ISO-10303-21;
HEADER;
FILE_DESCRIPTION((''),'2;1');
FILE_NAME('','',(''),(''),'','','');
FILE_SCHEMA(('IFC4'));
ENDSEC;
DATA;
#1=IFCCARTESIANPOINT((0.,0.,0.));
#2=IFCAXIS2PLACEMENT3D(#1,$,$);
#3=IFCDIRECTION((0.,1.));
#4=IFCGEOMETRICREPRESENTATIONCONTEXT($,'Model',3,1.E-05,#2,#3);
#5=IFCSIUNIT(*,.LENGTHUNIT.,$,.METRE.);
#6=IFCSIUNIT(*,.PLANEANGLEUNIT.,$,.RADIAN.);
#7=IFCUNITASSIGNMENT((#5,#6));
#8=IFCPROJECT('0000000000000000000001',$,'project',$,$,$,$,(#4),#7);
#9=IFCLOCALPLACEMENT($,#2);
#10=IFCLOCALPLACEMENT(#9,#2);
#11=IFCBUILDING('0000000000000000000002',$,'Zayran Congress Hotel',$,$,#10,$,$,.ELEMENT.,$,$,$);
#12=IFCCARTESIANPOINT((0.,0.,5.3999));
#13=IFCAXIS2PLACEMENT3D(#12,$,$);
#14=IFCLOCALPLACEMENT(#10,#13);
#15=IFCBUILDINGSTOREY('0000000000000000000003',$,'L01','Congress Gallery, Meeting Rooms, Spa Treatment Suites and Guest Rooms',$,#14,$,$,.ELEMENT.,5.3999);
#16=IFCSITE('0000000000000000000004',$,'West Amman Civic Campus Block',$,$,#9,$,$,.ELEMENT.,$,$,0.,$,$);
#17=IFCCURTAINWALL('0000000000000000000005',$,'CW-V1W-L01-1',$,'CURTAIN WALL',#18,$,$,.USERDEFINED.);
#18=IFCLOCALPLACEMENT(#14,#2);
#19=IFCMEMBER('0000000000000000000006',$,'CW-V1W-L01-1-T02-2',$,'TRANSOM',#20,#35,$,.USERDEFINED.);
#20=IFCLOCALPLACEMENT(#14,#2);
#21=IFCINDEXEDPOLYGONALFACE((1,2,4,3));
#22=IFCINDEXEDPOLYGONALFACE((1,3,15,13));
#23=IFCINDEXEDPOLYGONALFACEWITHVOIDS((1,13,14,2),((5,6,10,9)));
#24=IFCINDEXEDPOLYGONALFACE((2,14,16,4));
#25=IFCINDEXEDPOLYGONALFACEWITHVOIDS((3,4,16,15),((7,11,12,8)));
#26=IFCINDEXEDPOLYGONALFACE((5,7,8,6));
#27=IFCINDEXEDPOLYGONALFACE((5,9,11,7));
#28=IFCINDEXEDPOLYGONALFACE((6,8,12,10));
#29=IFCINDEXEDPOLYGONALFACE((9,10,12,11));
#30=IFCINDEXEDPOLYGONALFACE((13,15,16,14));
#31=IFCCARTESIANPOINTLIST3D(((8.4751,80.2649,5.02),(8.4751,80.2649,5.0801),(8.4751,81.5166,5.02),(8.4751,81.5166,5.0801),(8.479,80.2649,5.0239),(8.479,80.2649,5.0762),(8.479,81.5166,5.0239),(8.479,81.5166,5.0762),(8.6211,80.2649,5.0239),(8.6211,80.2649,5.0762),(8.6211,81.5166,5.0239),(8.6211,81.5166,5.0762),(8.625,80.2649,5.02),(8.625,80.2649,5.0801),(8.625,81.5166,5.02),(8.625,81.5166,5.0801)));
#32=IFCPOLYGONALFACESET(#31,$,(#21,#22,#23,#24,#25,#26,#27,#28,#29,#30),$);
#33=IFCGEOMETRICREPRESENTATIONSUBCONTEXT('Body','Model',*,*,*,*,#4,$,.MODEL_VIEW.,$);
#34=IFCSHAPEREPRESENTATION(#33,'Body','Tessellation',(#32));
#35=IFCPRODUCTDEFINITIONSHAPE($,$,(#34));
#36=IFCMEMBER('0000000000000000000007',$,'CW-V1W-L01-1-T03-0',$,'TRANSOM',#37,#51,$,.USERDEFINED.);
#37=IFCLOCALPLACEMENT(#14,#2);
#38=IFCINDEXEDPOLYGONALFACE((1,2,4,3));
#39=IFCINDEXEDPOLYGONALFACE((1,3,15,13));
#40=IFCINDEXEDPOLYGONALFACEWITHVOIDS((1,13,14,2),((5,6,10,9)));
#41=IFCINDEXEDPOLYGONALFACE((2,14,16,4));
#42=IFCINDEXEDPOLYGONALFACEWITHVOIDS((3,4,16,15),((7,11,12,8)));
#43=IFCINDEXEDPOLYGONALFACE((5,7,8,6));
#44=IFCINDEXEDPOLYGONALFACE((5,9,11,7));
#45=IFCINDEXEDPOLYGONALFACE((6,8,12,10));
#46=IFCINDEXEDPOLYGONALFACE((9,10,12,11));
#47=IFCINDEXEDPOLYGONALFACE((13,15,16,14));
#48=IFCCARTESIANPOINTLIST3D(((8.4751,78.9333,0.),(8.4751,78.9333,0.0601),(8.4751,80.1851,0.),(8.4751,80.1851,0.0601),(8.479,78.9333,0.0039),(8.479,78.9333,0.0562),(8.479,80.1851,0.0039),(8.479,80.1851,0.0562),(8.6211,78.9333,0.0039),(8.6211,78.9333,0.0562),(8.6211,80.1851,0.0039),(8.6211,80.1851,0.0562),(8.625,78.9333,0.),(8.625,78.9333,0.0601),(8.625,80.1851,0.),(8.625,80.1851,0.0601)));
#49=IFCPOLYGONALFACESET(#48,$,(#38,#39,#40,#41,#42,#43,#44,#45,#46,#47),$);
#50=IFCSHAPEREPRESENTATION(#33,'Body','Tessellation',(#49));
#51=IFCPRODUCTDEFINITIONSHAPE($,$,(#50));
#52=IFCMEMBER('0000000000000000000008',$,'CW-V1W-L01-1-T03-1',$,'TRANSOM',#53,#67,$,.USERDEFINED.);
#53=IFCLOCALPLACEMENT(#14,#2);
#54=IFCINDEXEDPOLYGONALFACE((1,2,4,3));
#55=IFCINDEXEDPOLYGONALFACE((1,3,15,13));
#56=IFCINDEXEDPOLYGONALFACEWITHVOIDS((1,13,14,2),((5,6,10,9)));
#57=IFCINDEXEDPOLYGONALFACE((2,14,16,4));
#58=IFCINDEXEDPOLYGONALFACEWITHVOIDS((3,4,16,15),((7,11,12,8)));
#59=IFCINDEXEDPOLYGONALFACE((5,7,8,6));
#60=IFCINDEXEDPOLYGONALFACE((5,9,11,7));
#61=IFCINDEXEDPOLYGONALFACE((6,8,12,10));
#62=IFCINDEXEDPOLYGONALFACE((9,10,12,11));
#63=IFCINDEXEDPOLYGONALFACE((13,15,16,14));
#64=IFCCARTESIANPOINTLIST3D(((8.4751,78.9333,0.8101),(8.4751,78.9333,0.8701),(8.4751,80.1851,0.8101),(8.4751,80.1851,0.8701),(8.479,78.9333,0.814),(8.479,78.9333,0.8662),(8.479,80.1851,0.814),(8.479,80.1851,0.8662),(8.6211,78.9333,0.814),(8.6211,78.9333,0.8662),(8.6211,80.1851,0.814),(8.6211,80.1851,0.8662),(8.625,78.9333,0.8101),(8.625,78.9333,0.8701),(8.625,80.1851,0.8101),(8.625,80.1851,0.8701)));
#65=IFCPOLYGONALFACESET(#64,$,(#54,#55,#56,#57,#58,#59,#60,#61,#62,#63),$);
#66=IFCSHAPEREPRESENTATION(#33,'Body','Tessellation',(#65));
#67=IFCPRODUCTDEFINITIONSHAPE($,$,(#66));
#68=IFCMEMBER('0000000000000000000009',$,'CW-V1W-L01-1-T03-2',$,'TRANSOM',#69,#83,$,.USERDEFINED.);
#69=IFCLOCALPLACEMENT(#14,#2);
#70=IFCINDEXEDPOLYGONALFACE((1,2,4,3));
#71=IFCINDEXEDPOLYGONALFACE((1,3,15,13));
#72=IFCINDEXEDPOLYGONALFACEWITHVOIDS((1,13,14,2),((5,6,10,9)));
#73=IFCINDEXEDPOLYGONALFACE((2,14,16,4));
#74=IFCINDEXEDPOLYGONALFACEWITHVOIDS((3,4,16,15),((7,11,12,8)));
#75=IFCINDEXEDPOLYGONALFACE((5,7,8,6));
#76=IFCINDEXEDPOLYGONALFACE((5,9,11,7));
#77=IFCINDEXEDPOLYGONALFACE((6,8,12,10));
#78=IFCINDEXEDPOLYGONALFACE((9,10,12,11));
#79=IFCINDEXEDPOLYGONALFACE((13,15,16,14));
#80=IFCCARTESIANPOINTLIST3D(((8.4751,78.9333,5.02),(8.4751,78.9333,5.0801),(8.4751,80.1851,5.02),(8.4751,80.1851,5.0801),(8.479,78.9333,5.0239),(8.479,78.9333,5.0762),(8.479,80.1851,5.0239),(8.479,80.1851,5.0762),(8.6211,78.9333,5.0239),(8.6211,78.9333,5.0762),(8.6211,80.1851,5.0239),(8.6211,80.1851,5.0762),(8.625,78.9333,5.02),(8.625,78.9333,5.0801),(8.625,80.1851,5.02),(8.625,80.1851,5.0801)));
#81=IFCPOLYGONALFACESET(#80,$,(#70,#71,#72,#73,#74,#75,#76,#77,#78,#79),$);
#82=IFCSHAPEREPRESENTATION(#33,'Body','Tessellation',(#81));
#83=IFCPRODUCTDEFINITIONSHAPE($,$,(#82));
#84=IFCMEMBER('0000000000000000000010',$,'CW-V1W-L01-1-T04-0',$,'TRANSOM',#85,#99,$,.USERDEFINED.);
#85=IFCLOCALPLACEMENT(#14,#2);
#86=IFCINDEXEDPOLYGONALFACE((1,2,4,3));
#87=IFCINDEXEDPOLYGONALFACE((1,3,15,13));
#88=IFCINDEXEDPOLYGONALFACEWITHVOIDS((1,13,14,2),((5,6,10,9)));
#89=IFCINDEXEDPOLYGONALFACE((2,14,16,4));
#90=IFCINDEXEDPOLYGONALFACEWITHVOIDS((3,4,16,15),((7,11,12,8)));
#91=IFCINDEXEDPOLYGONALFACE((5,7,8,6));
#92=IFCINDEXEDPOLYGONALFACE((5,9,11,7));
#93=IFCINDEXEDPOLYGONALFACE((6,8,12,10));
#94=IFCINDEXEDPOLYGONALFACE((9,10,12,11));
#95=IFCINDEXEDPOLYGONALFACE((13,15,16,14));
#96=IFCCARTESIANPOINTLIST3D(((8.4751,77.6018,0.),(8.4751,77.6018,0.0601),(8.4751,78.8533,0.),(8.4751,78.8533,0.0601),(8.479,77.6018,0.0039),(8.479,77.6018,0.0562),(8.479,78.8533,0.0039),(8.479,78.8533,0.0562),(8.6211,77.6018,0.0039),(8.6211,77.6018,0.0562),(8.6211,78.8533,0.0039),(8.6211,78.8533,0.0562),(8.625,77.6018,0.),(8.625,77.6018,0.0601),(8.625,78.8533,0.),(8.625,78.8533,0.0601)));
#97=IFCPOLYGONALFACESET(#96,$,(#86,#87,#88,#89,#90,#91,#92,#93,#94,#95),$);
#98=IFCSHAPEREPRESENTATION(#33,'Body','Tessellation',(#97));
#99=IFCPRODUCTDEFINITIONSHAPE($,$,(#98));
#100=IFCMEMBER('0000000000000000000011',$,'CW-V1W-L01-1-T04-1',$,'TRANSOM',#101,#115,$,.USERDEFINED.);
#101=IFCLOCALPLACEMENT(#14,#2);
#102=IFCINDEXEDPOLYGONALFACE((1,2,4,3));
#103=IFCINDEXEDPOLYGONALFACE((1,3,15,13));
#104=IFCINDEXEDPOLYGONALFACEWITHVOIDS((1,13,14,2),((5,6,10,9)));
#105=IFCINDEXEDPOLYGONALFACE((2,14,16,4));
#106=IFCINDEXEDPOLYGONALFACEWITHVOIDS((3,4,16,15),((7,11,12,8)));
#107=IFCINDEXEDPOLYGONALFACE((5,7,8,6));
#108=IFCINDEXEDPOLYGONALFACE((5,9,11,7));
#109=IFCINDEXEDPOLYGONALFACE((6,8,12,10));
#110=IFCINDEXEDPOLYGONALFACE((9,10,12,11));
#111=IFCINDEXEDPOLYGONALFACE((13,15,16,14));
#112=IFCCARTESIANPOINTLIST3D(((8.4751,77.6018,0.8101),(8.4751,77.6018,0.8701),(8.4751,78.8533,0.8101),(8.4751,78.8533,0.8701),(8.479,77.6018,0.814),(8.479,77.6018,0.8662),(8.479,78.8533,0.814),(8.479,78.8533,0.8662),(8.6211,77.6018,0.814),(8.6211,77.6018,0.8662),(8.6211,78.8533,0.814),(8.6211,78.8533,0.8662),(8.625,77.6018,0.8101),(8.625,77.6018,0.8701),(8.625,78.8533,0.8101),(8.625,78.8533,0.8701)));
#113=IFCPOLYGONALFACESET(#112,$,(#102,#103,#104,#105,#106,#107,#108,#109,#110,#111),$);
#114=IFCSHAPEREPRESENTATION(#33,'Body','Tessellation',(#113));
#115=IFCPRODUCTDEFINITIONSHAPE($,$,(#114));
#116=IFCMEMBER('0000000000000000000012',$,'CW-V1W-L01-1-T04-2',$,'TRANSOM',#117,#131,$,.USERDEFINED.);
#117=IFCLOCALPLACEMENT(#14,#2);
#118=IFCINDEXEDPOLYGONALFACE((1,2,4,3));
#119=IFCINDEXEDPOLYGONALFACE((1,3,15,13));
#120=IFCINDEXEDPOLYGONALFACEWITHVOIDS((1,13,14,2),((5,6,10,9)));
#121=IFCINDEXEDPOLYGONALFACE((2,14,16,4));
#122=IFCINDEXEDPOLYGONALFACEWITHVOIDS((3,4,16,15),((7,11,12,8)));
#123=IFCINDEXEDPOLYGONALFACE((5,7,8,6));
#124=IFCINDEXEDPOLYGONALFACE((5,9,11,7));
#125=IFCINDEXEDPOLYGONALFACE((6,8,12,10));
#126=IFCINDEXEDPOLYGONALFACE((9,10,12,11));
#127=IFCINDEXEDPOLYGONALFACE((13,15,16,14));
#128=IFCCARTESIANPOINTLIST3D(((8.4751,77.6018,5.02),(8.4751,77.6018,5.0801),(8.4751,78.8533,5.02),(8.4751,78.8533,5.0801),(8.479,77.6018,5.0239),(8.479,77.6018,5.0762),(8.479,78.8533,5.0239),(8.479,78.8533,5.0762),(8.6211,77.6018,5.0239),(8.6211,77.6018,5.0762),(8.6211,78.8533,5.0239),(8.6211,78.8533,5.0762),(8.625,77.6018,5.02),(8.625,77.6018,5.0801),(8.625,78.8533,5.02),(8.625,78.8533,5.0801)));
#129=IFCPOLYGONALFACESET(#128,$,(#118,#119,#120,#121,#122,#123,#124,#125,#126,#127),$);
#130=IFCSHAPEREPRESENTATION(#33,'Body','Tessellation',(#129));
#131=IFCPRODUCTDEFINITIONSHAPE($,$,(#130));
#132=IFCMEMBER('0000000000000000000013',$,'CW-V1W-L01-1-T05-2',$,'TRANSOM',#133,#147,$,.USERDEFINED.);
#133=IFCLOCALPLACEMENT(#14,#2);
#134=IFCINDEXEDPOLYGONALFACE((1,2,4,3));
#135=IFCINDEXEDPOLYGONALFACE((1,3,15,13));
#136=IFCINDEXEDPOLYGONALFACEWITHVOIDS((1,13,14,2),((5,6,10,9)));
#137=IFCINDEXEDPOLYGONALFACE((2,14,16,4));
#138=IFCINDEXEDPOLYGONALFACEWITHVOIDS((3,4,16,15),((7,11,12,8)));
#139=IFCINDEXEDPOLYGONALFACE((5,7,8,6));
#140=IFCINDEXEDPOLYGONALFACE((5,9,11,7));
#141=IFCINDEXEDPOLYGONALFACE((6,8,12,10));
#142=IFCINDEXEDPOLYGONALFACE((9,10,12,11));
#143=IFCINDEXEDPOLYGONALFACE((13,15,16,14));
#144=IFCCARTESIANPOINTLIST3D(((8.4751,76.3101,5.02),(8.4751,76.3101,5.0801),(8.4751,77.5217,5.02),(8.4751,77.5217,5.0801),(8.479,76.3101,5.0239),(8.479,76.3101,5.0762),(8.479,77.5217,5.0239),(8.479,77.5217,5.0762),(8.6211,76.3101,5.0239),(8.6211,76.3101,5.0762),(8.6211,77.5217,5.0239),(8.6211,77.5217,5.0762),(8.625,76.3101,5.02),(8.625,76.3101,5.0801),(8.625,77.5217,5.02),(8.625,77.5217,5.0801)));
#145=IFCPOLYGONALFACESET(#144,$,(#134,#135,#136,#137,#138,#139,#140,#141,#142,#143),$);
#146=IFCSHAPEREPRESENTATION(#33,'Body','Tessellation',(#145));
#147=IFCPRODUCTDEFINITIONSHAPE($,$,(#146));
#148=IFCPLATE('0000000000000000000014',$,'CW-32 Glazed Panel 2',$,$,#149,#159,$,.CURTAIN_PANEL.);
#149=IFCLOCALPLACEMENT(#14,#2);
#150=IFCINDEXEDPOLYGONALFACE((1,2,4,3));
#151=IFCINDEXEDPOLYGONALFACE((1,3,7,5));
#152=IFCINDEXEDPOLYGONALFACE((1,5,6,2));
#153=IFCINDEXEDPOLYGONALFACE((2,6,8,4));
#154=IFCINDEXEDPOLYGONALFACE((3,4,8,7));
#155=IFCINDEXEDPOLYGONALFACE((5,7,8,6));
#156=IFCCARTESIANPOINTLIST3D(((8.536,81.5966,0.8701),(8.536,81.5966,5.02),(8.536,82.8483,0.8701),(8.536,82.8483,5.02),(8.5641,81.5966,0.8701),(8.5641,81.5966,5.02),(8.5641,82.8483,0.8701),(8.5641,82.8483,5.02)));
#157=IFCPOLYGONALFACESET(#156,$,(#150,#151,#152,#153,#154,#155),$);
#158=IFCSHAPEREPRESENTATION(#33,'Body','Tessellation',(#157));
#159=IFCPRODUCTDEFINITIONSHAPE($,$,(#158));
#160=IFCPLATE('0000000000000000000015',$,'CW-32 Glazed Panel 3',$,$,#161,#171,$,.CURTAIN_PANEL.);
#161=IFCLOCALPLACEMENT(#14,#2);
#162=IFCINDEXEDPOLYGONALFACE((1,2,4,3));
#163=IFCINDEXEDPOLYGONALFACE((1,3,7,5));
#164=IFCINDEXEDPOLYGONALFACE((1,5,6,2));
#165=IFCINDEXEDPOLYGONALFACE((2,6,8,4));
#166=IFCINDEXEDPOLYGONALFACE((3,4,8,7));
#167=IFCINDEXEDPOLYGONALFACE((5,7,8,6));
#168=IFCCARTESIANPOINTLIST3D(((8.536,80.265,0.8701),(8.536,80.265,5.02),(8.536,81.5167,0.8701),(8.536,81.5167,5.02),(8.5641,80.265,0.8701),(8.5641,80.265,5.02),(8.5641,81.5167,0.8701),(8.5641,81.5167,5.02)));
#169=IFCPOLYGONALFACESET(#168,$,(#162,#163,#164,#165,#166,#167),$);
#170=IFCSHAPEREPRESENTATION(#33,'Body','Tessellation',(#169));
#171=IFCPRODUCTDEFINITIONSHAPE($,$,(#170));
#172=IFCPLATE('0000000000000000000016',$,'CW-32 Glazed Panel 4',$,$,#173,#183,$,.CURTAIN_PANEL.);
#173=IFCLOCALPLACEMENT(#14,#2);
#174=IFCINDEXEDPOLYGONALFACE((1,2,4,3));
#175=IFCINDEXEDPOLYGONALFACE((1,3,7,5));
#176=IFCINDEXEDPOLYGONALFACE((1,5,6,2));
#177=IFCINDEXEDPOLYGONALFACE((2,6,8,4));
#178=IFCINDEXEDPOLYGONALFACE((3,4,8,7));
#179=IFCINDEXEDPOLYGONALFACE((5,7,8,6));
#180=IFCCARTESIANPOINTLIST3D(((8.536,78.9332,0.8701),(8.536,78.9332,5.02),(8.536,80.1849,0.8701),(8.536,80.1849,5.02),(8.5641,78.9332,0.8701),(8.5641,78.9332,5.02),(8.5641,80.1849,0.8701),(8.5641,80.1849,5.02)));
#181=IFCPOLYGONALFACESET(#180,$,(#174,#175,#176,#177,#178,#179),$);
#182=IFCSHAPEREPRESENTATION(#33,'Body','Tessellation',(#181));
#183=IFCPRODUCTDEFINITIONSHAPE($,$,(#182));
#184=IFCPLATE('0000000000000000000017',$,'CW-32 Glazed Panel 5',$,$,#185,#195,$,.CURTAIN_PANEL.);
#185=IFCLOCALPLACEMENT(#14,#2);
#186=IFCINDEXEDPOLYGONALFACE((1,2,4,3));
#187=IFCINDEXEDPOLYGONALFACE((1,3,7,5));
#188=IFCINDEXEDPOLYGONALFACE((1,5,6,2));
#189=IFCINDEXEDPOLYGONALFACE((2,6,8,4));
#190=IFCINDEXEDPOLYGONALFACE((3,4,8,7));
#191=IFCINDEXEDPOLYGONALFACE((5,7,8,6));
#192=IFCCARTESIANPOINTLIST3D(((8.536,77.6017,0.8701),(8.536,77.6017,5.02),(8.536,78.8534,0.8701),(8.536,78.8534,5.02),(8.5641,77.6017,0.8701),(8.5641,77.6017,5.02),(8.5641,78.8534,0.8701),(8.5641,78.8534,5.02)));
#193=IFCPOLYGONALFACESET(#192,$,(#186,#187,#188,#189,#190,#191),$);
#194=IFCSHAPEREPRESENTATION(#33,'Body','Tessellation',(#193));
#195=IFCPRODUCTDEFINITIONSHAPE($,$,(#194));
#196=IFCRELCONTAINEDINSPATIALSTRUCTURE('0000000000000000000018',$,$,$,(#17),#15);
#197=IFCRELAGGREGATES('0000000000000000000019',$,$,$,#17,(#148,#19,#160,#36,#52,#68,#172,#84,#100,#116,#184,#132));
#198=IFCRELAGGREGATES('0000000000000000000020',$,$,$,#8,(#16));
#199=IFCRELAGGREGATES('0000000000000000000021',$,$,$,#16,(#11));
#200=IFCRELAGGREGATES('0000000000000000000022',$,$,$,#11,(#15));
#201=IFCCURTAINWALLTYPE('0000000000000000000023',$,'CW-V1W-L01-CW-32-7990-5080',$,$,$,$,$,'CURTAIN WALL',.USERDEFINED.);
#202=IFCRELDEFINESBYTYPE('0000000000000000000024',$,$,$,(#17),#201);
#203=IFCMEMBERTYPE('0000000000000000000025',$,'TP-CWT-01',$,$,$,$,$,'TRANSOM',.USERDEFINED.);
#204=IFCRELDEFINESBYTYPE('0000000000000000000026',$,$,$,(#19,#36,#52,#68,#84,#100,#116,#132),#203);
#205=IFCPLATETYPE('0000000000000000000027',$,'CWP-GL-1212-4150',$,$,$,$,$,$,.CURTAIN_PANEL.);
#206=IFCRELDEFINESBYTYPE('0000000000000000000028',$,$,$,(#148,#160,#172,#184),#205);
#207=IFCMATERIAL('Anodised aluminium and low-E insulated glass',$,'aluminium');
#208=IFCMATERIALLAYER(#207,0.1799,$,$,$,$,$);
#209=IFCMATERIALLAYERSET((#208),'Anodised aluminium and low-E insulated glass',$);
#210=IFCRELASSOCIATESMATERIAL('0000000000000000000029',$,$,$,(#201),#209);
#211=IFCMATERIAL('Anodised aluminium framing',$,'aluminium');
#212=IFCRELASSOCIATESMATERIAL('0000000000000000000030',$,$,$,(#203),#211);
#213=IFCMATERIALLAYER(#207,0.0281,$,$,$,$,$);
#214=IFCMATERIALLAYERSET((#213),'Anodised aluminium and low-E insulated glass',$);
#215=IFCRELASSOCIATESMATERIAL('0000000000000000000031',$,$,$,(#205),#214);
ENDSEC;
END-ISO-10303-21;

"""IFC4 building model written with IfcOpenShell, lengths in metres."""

from ifc_helpers import new_model, si_unit, direction, frame, origin, origin_2d, place, context, subcontext, project, spatial, rectangle, hollow_rectangle, extrude, material, layer, layer_set, material_profile, profile_set, type_object, element, aggregate, save


model = new_model("IFC4")

# Units and contexts
model_context = context("Model", 3, precision=1e-05, world=origin(), true_north=direction((0.0, 1.0)))
body_context = subcontext(model_context, "Body", "Model", "MODEL_VIEW")
ifc_project = project(units=[si_unit("LENGTHUNIT", "METRE"), si_unit("PLANEANGLEUNIT", "RADIAN")], contexts=[model_context])

# Site, building, storey
site_placement = place(None, origin())
site = spatial("IfcSite", under=ifc_project, at=site_placement, Name="West Amman Civic Campus Block", CompositionType="ELEMENT", RefElevation=0.0)
building_placement = place(site_placement, origin())
building = spatial("IfcBuilding", under=site, at=building_placement, Name="Zayran Congress Hotel", CompositionType="ELEMENT")
storey_placement = place(building_placement, frame((0.0, 0.0, 5.3999)))
storey = spatial("IfcBuildingStorey", under=building, at=storey_placement, Name="L01", Description="Congress Gallery, Meeting Rooms, Spa Treatment Suites and Guest Rooms", CompositionType="ELEMENT", Elevation=5.3999)

# Curtain wall, members, plates
ifc_material_1 = material(Name="Anodised aluminium and low-E insulated glass", Category="aluminium")
ifc_layer_1 = layer(ifc_material_1, 0.1799)
ifc_layer_set_1 = layer_set([ifc_layer_1], Name="Anodised aluminium and low-E insulated glass")
curtain_wall_type = type_object("IfcCurtainWallType", Name="CW-V1W-L01-CW-32-7990-5080", ElementType="CURTAIN WALL", PredefinedType="USERDEFINED", material=ifc_layer_set_1)
curtain_wall_placement = place(storey_placement, origin())
curtain_wall = element("IfcCurtainWall", 1, at=curtain_wall_placement, inside=storey, type_object=curtain_wall_type, Name="CW-V1W-L01-1", ObjectType="CURTAIN WALL", PredefinedType="USERDEFINED")
ifc_material_2 = material(Name="Anodised aluminium framing", Category="aluminium")
ifc_material_profile_1 = material_profile(ifc_material_2, hollow_rectangle(XDim=0.0601, YDim=0.1499, WallThickness=0.0039, at=origin_2d()), Name="RHS 150x60x4")
ifc_profile_set_1 = profile_set([ifc_material_profile_1], Name="Anodised aluminium framing")
member_type_1 = type_object("IfcMemberType", Name="TP-CWT-01", ElementType="TRANSOM", PredefinedType="USERDEFINED", material=ifc_profile_set_1)
member_1_placement = place(storey_placement, frame((8.55, 81.5166, 5.05), z_axis=(0.0, -1.0, 0.0), x_axis=(0.0, 0.0, 1.0)))
member_1 = element("IfcMember", 2, at=member_1_placement, type_object=member_type_1, Name="CW-V1W-L01-1-T02-2", ObjectType="TRANSOM", PredefinedType="USERDEFINED", context=body_context, shape_type="SweptSolid", body=[
    extrude(hollow_rectangle(XDim=0.0601, YDim=0.1499, WallThickness=0.0039, at=origin_2d()), origin(), (0.0, 0.0, 1.0), 1.2517),
])
member_2_placement = place(storey_placement, frame((8.55, 80.1851, 0.03), z_axis=(0.0, -1.0, 0.0), x_axis=(0.0, 0.0, 1.0)))
member_2 = element("IfcMember", 3, at=member_2_placement, type_object=member_type_1, Name="CW-V1W-L01-1-T03-0", ObjectType="TRANSOM", PredefinedType="USERDEFINED", context=body_context, shape_type="SweptSolid", body=[
    extrude(hollow_rectangle(XDim=0.0601, YDim=0.1499, WallThickness=0.0039, at=origin_2d()), origin(), (0.0, 0.0, 1.0), 1.2517),
])
member_3_placement = place(storey_placement, frame((8.55, 80.1851, 0.8401), z_axis=(0.0, -1.0, 0.0), x_axis=(0.0, 0.0, 1.0)))
member_3 = element("IfcMember", 4, at=member_3_placement, type_object=member_type_1, Name="CW-V1W-L01-1-T03-1", ObjectType="TRANSOM", PredefinedType="USERDEFINED", context=body_context, shape_type="SweptSolid", body=[
    extrude(hollow_rectangle(XDim=0.0601, YDim=0.1499, WallThickness=0.0039, at=origin_2d()), origin(), (0.0, 0.0, 1.0), 1.2517),
])
member_4_placement = place(storey_placement, frame((8.55, 80.1851, 5.05), z_axis=(0.0, -1.0, 0.0), x_axis=(0.0, 0.0, 1.0)))
member_4 = element("IfcMember", 5, at=member_4_placement, type_object=member_type_1, Name="CW-V1W-L01-1-T03-2", ObjectType="TRANSOM", PredefinedType="USERDEFINED", context=body_context, shape_type="SweptSolid", body=[
    extrude(hollow_rectangle(XDim=0.0601, YDim=0.1499, WallThickness=0.0039, at=origin_2d()), origin(), (0.0, 0.0, 1.0), 1.2517),
])
member_5_placement = place(storey_placement, frame((8.55, 78.8533, 0.03), z_axis=(0.0, -1.0, 0.0), x_axis=(0.0, 0.0, 1.0)))
member_5 = element("IfcMember", 6, at=member_5_placement, type_object=member_type_1, Name="CW-V1W-L01-1-T04-0", ObjectType="TRANSOM", PredefinedType="USERDEFINED", context=body_context, shape_type="SweptSolid", body=[
    extrude(hollow_rectangle(XDim=0.0601, YDim=0.1499, WallThickness=0.0039, at=origin_2d()), origin(), (0.0, 0.0, 1.0), 1.2515),
])
member_6_placement = place(storey_placement, frame((8.55, 78.8533, 0.8401), z_axis=(0.0, -1.0, 0.0), x_axis=(0.0, 0.0, 1.0)))
member_6 = element("IfcMember", 7, at=member_6_placement, type_object=member_type_1, Name="CW-V1W-L01-1-T04-1", ObjectType="TRANSOM", PredefinedType="USERDEFINED", context=body_context, shape_type="SweptSolid", body=[
    extrude(hollow_rectangle(XDim=0.0601, YDim=0.1499, WallThickness=0.0039, at=origin_2d()), origin(), (0.0, 0.0, 1.0), 1.2515),
])
member_7_placement = place(storey_placement, frame((8.55, 78.8533, 5.05), z_axis=(0.0, -1.0, 0.0), x_axis=(0.0, 0.0, 1.0)))
member_7 = element("IfcMember", 8, at=member_7_placement, type_object=member_type_1, Name="CW-V1W-L01-1-T04-2", ObjectType="TRANSOM", PredefinedType="USERDEFINED", context=body_context, shape_type="SweptSolid", body=[
    extrude(hollow_rectangle(XDim=0.0601, YDim=0.1499, WallThickness=0.0039, at=origin_2d()), origin(), (0.0, 0.0, 1.0), 1.2515),
])
member_8_placement = place(storey_placement, frame((8.55, 77.5217, 5.05), z_axis=(0.0, -1.0, 0.0), x_axis=(0.0, 0.0, 1.0)))
member_8 = element("IfcMember", 9, at=member_8_placement, type_object=member_type_1, Name="CW-V1W-L01-1-T05-2", ObjectType="TRANSOM", PredefinedType="USERDEFINED", context=body_context, shape_type="SweptSolid", body=[
    extrude(hollow_rectangle(XDim=0.0601, YDim=0.1499, WallThickness=0.0039, at=origin_2d()), origin(), (0.0, 0.0, 1.0), 1.2117),
])
ifc_layer_2 = layer(ifc_material_1, 0.0281)
ifc_layer_set_2 = layer_set([ifc_layer_2], Name="Anodised aluminium and low-E insulated glass")
plate_type_1 = type_object("IfcPlateType", Name="CWP-GL-1212-4150", PredefinedType="CURTAIN_PANEL", material=ifc_layer_set_2)
plate_1_placement = place(storey_placement, frame((8.55, 82.2224, 0.8701), z_axis=(0.0, 0.0, 1.0), x_axis=(0.0, 1.0, 0.0)))
plate_1 = element("IfcPlate", 10, at=plate_1_placement, type_object=plate_type_1, Name="CW-32 Glazed Panel 2", PredefinedType="CURTAIN_PANEL", context=body_context, shape_type="SweptSolid", body=[
    extrude(rectangle(XDim=1.2517, YDim=0.0281, at=origin_2d()), origin(), (0.0, 0.0, 1.0), 4.1499),
])
plate_2_placement = place(storey_placement, frame((8.55, 80.8909, 0.8701), z_axis=(0.0, 0.0, 1.0), x_axis=(0.0, 1.0, 0.0)))
plate_2 = element("IfcPlate", 11, at=plate_2_placement, type_object=plate_type_1, Name="CW-32 Glazed Panel 3", PredefinedType="CURTAIN_PANEL", context=body_context, shape_type="SweptSolid", body=[
    extrude(rectangle(XDim=1.2517, YDim=0.0281, at=origin_2d()), origin(), (0.0, 0.0, 1.0), 4.1499),
])
plate_3_placement = place(storey_placement, frame((8.55, 79.5591, 0.8701), z_axis=(0.0, 0.0, 1.0), x_axis=(0.0, 1.0, 0.0)))
plate_3 = element("IfcPlate", 12, at=plate_3_placement, type_object=plate_type_1, Name="CW-32 Glazed Panel 4", PredefinedType="CURTAIN_PANEL", context=body_context, shape_type="SweptSolid", body=[
    extrude(rectangle(XDim=1.2517, YDim=0.0281, at=origin_2d()), origin(), (0.0, 0.0, 1.0), 4.1499),
])
plate_4_placement = place(storey_placement, frame((8.55, 78.2275, 0.8701), z_axis=(0.0, 0.0, 1.0), x_axis=(0.0, 1.0, 0.0)))
plate_4 = element("IfcPlate", 13, at=plate_4_placement, type_object=plate_type_1, Name="CW-32 Glazed Panel 5", PredefinedType="CURTAIN_PANEL", context=body_context, shape_type="SweptSolid", body=[
    extrude(rectangle(XDim=1.2517, YDim=0.0281, at=origin_2d()), origin(), (0.0, 0.0, 1.0), 4.1499),
])
aggregate(curtain_wall, [plate_1, member_1, plate_2, member_2, member_3, member_4, plate_3, member_5, member_6, member_7, plate_4, member_8])

save(model, "model.ifc")
